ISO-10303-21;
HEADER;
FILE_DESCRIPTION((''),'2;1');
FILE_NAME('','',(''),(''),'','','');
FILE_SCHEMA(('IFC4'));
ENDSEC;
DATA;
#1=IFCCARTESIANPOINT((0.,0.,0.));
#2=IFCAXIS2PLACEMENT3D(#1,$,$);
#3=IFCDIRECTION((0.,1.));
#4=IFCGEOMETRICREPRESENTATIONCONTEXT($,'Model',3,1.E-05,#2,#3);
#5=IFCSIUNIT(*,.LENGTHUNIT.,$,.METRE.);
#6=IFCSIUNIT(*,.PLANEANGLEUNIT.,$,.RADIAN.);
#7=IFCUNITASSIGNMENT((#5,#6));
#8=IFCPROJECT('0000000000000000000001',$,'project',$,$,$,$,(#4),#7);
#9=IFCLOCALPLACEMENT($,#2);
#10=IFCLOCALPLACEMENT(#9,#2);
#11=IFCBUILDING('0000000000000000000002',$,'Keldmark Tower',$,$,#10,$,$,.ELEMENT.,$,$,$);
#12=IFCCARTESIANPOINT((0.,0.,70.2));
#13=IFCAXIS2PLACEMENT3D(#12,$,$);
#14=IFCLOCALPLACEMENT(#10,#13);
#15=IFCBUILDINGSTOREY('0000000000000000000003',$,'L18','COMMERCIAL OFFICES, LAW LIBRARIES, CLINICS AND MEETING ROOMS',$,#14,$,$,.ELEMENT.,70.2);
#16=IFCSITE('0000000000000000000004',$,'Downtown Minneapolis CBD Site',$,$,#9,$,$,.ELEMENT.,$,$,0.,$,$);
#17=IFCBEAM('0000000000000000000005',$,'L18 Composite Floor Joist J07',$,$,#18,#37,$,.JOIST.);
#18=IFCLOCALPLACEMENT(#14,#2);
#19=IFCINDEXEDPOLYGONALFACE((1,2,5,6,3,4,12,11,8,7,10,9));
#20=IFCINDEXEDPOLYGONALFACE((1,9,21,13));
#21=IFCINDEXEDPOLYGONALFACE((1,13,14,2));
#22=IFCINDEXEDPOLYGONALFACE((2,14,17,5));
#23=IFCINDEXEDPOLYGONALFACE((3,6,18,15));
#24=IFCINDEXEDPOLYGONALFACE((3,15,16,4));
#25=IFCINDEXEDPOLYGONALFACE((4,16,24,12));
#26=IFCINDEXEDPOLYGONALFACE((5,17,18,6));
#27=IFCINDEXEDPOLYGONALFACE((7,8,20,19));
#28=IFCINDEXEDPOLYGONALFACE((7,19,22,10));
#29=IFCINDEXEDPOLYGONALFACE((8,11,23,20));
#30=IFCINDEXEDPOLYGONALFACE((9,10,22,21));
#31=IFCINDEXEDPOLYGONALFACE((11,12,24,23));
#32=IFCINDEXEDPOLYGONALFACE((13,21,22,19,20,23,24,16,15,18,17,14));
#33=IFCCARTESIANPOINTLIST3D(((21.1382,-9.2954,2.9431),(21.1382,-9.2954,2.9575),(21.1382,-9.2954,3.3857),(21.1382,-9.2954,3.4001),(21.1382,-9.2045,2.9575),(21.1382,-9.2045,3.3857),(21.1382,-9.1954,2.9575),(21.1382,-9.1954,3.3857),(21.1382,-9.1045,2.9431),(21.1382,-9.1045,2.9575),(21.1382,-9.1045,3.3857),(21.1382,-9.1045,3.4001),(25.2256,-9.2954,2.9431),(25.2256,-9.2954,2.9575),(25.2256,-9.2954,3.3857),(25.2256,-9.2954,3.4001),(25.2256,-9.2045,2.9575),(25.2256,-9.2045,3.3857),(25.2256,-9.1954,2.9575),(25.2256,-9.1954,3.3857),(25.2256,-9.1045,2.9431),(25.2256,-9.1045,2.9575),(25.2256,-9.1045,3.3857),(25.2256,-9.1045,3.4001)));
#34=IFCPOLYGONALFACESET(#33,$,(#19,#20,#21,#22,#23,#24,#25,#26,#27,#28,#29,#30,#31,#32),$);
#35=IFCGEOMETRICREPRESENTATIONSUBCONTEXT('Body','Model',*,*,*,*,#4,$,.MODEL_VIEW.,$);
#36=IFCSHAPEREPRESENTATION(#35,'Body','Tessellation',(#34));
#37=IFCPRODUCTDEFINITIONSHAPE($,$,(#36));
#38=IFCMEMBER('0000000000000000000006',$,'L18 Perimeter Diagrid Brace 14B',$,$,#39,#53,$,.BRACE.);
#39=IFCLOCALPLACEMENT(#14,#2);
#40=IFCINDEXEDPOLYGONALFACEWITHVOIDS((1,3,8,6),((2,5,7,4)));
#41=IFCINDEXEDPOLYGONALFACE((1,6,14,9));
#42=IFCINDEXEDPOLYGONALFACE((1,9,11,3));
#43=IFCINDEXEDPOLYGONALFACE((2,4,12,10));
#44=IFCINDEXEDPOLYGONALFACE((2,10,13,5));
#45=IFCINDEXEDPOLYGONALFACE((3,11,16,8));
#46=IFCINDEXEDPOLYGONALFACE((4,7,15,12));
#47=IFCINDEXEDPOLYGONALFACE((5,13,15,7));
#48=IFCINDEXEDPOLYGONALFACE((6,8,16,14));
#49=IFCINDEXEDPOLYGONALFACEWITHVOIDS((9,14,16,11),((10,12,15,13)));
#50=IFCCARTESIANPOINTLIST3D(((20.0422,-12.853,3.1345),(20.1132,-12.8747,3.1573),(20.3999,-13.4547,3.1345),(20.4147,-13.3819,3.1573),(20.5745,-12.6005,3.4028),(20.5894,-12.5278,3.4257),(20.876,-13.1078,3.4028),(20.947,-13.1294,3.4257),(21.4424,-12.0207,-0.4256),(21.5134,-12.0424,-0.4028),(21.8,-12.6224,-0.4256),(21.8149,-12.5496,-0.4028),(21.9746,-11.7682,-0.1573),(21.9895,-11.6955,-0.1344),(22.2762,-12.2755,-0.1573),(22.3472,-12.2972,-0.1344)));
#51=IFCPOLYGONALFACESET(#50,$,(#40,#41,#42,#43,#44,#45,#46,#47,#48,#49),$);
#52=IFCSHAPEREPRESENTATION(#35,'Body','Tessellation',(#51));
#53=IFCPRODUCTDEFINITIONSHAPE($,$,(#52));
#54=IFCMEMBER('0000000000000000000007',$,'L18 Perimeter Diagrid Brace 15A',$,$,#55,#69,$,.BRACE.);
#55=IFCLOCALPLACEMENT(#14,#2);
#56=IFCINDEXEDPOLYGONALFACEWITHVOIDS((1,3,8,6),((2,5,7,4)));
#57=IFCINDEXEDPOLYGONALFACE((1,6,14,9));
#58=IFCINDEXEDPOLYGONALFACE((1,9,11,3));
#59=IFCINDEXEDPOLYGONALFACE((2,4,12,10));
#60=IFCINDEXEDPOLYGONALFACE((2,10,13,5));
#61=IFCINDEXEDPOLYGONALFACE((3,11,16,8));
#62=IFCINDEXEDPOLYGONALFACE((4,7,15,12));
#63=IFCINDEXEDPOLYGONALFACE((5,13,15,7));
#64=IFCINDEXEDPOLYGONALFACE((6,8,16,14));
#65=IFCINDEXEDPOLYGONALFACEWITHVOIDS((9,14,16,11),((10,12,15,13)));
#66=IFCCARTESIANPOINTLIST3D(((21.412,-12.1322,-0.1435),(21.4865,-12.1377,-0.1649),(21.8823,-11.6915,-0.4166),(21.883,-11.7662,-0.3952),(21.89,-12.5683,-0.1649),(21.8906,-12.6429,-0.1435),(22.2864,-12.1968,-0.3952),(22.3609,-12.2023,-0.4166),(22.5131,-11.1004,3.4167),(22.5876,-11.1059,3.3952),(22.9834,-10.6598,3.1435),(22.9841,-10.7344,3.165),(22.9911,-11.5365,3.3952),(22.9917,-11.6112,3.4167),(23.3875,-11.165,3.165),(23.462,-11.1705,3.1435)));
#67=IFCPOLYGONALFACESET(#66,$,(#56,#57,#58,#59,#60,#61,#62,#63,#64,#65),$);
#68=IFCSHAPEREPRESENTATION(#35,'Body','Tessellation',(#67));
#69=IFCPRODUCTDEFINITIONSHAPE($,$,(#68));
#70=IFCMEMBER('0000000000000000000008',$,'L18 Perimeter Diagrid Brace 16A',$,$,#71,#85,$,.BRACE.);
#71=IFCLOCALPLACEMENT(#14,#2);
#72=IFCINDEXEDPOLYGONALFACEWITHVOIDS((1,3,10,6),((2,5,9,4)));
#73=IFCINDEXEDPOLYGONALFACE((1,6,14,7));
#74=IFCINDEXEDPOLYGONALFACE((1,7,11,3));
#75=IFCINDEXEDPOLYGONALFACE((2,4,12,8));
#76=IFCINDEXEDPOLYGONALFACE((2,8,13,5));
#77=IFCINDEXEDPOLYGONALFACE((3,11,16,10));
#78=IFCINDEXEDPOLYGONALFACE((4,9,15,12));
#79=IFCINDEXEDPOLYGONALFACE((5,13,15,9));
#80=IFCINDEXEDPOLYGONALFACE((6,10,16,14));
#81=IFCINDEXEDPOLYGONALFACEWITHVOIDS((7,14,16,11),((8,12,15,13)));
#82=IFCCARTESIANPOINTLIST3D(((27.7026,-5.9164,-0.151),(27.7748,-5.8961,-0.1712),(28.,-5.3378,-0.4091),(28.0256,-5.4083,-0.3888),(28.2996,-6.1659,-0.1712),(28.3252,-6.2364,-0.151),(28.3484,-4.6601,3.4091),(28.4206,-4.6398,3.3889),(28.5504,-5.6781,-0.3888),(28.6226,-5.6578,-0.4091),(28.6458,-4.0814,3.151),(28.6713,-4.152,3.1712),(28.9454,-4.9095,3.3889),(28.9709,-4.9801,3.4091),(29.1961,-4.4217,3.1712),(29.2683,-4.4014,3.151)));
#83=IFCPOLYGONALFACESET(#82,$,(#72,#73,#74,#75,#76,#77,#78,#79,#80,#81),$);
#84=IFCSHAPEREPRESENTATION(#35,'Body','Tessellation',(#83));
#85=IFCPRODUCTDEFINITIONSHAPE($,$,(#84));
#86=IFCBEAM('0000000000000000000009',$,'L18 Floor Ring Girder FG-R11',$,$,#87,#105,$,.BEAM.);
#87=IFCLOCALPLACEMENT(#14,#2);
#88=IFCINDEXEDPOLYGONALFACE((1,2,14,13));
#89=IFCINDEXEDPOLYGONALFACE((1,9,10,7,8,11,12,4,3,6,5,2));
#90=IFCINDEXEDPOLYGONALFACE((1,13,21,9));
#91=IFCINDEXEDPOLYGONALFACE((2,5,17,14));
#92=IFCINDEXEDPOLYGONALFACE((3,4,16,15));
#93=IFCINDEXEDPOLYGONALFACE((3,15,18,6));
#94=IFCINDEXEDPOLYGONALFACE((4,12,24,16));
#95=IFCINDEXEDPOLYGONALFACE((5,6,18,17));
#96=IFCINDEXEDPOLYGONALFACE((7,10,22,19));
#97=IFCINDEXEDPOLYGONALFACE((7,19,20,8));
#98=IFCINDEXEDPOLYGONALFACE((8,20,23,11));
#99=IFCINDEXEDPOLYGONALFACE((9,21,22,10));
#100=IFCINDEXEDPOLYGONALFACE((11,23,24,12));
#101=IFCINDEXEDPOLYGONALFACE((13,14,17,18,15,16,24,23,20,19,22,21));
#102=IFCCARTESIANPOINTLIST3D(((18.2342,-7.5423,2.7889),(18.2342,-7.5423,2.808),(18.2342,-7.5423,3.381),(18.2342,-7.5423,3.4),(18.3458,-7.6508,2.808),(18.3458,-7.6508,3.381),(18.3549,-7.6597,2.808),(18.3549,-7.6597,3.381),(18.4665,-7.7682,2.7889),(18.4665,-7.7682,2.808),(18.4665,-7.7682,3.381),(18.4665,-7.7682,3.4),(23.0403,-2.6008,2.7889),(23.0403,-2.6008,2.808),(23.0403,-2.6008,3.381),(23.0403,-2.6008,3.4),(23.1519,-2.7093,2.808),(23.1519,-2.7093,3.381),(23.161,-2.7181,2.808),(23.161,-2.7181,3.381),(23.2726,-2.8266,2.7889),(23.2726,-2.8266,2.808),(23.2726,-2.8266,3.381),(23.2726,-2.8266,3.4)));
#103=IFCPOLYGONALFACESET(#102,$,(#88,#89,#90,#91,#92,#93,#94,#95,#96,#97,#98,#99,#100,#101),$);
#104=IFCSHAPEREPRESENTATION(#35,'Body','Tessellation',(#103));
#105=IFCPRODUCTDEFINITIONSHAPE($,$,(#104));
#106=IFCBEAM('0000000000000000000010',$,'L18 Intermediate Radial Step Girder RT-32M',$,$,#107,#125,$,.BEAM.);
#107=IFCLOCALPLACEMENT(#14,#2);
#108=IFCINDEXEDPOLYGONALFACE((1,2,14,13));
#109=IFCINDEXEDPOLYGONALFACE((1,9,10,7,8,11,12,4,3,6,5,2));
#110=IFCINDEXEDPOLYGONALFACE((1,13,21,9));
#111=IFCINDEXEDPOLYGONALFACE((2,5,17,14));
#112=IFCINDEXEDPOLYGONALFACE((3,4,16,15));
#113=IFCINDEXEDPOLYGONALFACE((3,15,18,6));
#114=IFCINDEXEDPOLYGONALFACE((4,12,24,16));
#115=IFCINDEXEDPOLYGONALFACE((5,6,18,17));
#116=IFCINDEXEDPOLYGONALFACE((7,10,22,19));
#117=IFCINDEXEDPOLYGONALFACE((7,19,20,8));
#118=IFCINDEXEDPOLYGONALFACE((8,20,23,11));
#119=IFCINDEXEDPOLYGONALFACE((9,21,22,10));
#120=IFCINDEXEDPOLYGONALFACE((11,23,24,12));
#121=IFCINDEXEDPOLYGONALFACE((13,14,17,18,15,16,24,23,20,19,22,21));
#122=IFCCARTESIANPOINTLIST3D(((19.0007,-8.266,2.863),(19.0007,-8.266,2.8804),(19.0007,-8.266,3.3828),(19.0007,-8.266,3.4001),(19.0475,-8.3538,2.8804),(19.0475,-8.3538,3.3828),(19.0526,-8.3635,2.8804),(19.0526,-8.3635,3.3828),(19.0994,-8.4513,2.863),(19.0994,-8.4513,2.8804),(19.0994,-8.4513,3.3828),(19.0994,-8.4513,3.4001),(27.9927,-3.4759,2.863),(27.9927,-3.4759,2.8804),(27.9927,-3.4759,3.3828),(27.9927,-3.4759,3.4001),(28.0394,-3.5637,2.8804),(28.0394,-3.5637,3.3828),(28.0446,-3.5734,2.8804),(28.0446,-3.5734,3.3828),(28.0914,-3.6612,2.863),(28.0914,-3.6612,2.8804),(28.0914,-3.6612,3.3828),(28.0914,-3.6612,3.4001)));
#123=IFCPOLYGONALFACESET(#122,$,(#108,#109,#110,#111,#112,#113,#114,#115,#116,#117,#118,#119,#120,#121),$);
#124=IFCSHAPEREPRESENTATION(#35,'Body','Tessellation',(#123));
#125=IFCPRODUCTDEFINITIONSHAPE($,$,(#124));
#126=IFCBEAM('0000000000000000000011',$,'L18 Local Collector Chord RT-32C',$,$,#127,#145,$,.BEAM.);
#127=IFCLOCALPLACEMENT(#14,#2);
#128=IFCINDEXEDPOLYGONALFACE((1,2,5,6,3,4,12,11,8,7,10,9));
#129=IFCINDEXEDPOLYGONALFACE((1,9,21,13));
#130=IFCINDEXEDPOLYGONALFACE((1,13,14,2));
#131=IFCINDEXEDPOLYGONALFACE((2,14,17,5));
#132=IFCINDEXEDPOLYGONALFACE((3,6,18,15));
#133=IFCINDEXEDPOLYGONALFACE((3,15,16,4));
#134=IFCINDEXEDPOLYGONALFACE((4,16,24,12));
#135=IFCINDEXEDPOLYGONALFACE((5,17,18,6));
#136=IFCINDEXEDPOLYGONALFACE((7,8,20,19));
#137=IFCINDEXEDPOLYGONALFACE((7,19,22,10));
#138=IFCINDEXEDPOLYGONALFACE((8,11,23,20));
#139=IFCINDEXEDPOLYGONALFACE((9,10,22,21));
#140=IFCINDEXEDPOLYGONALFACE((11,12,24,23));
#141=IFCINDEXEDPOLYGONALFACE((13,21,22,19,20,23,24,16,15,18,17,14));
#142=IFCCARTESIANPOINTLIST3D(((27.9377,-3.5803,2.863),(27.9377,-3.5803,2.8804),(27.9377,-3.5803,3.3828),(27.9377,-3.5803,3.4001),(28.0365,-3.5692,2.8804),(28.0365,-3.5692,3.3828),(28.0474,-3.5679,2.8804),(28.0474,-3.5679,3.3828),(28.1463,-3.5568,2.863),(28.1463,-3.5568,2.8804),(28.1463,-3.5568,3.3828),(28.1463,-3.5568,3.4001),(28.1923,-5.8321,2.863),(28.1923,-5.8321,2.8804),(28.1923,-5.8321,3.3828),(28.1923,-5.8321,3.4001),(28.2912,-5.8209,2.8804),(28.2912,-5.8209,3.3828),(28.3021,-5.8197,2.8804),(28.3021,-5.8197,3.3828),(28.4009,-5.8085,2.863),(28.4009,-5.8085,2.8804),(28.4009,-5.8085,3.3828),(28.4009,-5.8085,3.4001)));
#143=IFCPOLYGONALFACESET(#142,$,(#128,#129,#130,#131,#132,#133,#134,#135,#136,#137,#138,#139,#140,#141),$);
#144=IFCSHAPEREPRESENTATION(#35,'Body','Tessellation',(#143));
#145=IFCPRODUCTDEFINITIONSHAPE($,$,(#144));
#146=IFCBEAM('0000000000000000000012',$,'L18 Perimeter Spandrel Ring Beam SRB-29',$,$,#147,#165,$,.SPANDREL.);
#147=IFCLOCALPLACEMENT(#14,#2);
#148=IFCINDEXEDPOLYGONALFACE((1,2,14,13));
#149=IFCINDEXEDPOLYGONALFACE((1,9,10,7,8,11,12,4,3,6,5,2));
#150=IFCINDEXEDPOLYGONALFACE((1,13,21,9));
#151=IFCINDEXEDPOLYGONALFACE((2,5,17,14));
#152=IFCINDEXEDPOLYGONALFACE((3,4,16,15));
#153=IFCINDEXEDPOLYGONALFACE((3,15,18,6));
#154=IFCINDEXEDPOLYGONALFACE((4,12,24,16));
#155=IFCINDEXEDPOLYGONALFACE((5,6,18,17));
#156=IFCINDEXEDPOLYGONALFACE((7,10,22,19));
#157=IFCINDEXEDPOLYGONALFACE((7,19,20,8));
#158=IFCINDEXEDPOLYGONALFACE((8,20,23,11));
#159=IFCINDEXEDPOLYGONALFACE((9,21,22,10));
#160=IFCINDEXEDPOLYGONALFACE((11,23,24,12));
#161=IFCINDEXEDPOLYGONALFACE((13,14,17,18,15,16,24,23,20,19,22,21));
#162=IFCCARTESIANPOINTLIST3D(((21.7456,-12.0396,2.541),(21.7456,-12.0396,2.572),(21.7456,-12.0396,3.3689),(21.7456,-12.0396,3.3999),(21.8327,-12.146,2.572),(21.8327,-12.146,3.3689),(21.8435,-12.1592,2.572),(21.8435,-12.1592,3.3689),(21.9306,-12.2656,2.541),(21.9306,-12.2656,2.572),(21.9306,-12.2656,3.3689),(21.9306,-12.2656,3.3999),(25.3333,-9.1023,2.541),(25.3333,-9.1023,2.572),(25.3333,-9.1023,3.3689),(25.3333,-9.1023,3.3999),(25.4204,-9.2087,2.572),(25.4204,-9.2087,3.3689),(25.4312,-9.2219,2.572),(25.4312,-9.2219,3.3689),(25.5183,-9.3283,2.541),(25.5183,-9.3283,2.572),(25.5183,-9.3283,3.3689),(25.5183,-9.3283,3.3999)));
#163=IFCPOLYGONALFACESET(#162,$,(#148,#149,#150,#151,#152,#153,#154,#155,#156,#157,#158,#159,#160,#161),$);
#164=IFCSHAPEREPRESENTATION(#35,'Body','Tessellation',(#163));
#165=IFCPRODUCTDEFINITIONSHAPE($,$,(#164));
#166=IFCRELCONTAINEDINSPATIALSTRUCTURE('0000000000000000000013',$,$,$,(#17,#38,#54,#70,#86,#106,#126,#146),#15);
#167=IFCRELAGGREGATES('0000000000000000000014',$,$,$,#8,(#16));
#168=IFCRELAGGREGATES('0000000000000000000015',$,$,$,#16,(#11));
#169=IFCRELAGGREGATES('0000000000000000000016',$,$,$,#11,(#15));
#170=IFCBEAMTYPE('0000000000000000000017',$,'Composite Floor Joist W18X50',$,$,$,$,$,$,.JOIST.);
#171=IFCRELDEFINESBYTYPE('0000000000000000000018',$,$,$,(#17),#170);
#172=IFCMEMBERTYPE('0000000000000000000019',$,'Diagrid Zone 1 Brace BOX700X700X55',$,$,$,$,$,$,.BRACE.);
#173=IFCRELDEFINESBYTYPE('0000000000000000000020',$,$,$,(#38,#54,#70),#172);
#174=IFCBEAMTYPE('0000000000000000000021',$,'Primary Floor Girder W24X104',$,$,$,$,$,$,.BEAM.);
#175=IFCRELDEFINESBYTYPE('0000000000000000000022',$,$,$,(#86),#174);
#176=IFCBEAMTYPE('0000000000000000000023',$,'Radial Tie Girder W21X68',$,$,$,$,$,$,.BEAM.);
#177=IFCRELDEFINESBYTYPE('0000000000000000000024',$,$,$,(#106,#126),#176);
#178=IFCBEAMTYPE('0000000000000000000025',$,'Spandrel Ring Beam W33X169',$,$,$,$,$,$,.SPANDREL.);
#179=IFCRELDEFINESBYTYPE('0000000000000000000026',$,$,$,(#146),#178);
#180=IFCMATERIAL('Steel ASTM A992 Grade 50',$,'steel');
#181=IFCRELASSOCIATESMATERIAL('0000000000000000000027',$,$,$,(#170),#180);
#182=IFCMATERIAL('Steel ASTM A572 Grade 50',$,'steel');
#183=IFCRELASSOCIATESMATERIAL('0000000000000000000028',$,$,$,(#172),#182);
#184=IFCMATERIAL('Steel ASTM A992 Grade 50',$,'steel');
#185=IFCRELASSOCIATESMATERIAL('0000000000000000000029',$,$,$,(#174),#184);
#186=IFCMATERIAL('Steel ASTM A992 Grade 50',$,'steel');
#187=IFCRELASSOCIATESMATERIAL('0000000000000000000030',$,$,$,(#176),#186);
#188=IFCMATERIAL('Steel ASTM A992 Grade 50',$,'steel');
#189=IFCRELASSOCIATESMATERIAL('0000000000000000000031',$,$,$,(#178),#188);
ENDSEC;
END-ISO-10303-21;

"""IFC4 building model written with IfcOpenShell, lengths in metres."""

from ifc_helpers import new_model, si_unit, direction, frame, origin, origin_2d, place, context, subcontext, project, spatial, hollow_rectangle, i_section, extrude, material, material_profile, profile_set, type_object, element, save


model = new_model("IFC4")

# Units and contexts
model_context = context("Model", 3, precision=1e-05, world=origin(), true_north=direction((0.0, 1.0)))
body_context = subcontext(model_context, "Body", "Model", "MODEL_VIEW")
ifc_project = project(units=[si_unit("LENGTHUNIT", "METRE"), si_unit("PLANEANGLEUNIT", "RADIAN")], contexts=[model_context])

# Site, building, storey
site_placement = place(None, origin())
site = spatial("IfcSite", under=ifc_project, at=site_placement, Name="Downtown Minneapolis CBD Site", CompositionType="ELEMENT", RefElevation=0.0)
building_placement = place(site_placement, origin())
building = spatial("IfcBuilding", under=site, at=building_placement, Name="Keldmark Tower", CompositionType="ELEMENT")
storey_placement = place(building_placement, frame((0.0, 0.0, 70.2)))
storey = spatial("IfcBuildingStorey", under=building, at=storey_placement, Name="L18", Description="COMMERCIAL OFFICES, LAW LIBRARIES, CLINICS AND MEETING ROOMS", CompositionType="ELEMENT", Elevation=70.2)

# Beam
ifc_material_1 = material(Name="Steel ASTM A992 Grade 50", Category="steel")
ifc_material_profile_1 = material_profile(ifc_material_1, i_section(OverallWidth=0.1909, OverallDepth=0.457, WebThickness=0.009, FlangeThickness=0.0144, at=origin_2d()), Name="W18X50")
ifc_profile_set_1 = profile_set([ifc_material_profile_1], Name="Steel ASTM A992 Grade 50")
beam_type_1 = type_object("IfcBeamType", Name="Composite Floor Joist W18X50", PredefinedType="JOIST", material=ifc_profile_set_1)
beam_1_placement = place(storey_placement, frame((21.1382, -9.2, 3.1716), z_axis=(1.0, 0.0, 0.0), x_axis=(0.0, 1.0, 0.0)))
element("IfcBeam", 1, at=beam_1_placement, inside=storey, type_object=beam_type_1, Name="L18 Composite Floor Joist J07", PredefinedType="JOIST", context=body_context, shape_type="SweptSolid", body=[
    extrude(i_section(OverallWidth=0.1909, OverallDepth=0.457, WebThickness=0.009, FlangeThickness=0.0144, at=origin_2d()), origin(), (0.0, 0.0, 1.0), 4.0874),
])

# Members
ifc_material_2 = material(Name="Steel ASTM A572 Grade 50", Category="steel")
ifc_material_profile_2 = material_profile(ifc_material_2, hollow_rectangle(XDim=0.7, YDim=0.7, WallThickness=0.0549, at=origin_2d()), Name="BOX700X700X55")
ifc_profile_set_2 = profile_set([ifc_material_profile_2], Name="Steel ASTM A572 Grade 50")
member_type = type_object("IfcMemberType", Name="Diagrid Zone 1 Brace BOX700X700X55", PredefinedType="BRACE", material=ifc_profile_set_2)
member_1_placement = place(storey_placement, frame((21.8948, -12.1589, -0.28), z_axis=(-0.357638, -0.212587, 0.909342), x_axis=(0.510965, -0.859602, 0.0)))
element("IfcMember", 2, at=member_1_placement, inside=storey, type_object=member_type, Name="L18 Perimeter Diagrid Brace 14B", PredefinedType="BRACE", context=body_context, shape_type="SweptSolid", body=[
    extrude(hollow_rectangle(XDim=0.7, YDim=0.7, WallThickness=0.0549, at=origin_2d()), origin(), (0.0, 0.0, 1.0), 3.915),
])
member_2_placement = place(storey_placement, frame((21.8865, -12.1672, -0.28), z_axis=(0.284763, 0.266831, 0.920712), x_axis=(-0.683758, 0.729709, 0.0)))
element("IfcMember", 3, at=member_2_placement, inside=storey, type_object=member_type, Name="L18 Perimeter Diagrid Brace 15A", PredefinedType="BRACE", context=body_context, shape_type="SweptSolid", body=[
    extrude(hollow_rectangle(XDim=0.7, YDim=0.7, WallThickness=0.0549, at=origin_2d()), origin(), (0.0, 0.0, 1.0), 3.8667),
])
member_3_placement = place(storey_placement, frame((28.1626, -5.7871, -0.28), z_axis=(0.168601, 0.328022, 0.929503), x_axis=(-0.889394, 0.457141, 0.0)))
element("IfcMember", 4, at=member_3_placement, inside=storey, type_object=member_type, Name="L18 Perimeter Diagrid Brace 16A", PredefinedType="BRACE", context=body_context, shape_type="SweptSolid", body=[
    extrude(hollow_rectangle(XDim=0.7, YDim=0.7, WallThickness=0.0549, at=origin_2d()), origin(), (0.0, 0.0, 1.0), 3.8301),
])

# Beams
ifc_material_3 = material(Name="Steel ASTM A992 Grade 50", Category="steel")
ifc_material_profile_3 = material_profile(ifc_material_3, i_section(OverallWidth=0.324, OverallDepth=0.6111, WebThickness=0.0127, FlangeThickness=0.019, at=origin_2d()), Name="W24X104")
ifc_profile_set_3 = profile_set([ifc_material_profile_3], Name="Steel ASTM A992 Grade 50")
beam_type_2 = type_object("IfcBeamType", Name="Primary Floor Girder W24X104", PredefinedType="BEAM", material=ifc_profile_set_3)
beam_2_placement = place(storey_placement, frame((18.3503, -7.6553, 3.0945), z_axis=(0.69721, 0.716867, 0.0), x_axis=(-0.716867, 0.69721, 0.0)))
element("IfcBeam", 5, at=beam_2_placement, inside=storey, type_object=beam_type_2, Name="L18 Floor Ring Girder FG-R11", PredefinedType="BEAM", context=body_context, shape_type="SweptSolid", body=[
    extrude(i_section(OverallWidth=0.324, OverallDepth=0.6111, WebThickness=0.0127, FlangeThickness=0.019, at=origin_2d()), origin(), (0.0, 0.0, 1.0), 6.8933),
])
ifc_material_4 = material(Name="Steel ASTM A992 Grade 50", Category="steel")
ifc_material_profile_4 = material_profile(ifc_material_4, i_section(OverallWidth=0.21, OverallDepth=0.5371, WebThickness=0.011, FlangeThickness=0.0173, at=origin_2d()), Name="W21X68")
ifc_profile_set_4 = profile_set([ifc_material_profile_4], Name="Steel ASTM A992 Grade 50")
beam_type_3 = type_object("IfcBeamType", Name="Radial Tie Girder W21X68", PredefinedType="BEAM", material=ifc_profile_set_4)
beam_3_placement = place(storey_placement, frame((19.05, -8.3586, 3.1316), z_axis=(0.882584, 0.470155, 0.0), x_axis=(-0.470155, 0.882584, 0.0)))
element("IfcBeam", 6, at=beam_3_placement, inside=storey, type_object=beam_type_3, Name="L18 Intermediate Radial Step Girder RT-32M", PredefinedType="BEAM", context=body_context, shape_type="SweptSolid", body=[
    extrude(i_section(OverallWidth=0.21, OverallDepth=0.5371, WebThickness=0.011, FlangeThickness=0.0173, at=origin_2d()), origin(), (0.0, 0.0, 1.0), 10.1882),
])
beam_4_placement = place(storey_placement, frame((28.2966, -5.8203, 3.1316), z_axis=(-0.112371, 0.993666, 0.0), x_axis=(-0.993666, -0.112371, 0.0)))
element("IfcBeam", 7, at=beam_4_placement, inside=storey, type_object=beam_type_3, Name="L18 Local Collector Chord RT-32C", PredefinedType="BEAM", context=body_context, shape_type="SweptSolid", body=[
    extrude(i_section(OverallWidth=0.21, OverallDepth=0.5371, WebThickness=0.011, FlangeThickness=0.0173, at=origin_2d()), origin(), (0.0, 0.0, 1.0), 2.2661),
])
ifc_material_5 = material(Name="Steel ASTM A992 Grade 50", Category="steel")
ifc_material_profile_5 = material_profile(ifc_material_5, i_section(OverallWidth=0.292, OverallDepth=0.8589, WebThickness=0.0171, FlangeThickness=0.031, at=origin_2d()), Name="W33X169")
ifc_profile_set_5 = profile_set([ifc_material_profile_5], Name="Steel ASTM A992 Grade 50")
beam_type_4 = type_object("IfcBeamType", Name="Spandrel Ring Beam W33X169", PredefinedType="SPANDREL", material=ifc_profile_set_5)
beam_5_placement = place(storey_placement, frame((21.8381, -12.1526, 2.9705), z_axis=(0.773756, 0.633484, 0.0), x_axis=(-0.633484, 0.773756, 0.0)))
element("IfcBeam", 8, at=beam_5_placement, inside=storey, type_object=beam_type_4, Name="L18 Perimeter Spandrel Ring Beam SRB-29", PredefinedType="SPANDREL", context=body_context, shape_type="SweptSolid", body=[
    extrude(i_section(OverallWidth=0.292, OverallDepth=0.8589, WebThickness=0.0171, FlangeThickness=0.031, at=origin_2d()), origin(), (0.0, 0.0, 1.0), 4.6367),
])

save(model, "model.ifc")
